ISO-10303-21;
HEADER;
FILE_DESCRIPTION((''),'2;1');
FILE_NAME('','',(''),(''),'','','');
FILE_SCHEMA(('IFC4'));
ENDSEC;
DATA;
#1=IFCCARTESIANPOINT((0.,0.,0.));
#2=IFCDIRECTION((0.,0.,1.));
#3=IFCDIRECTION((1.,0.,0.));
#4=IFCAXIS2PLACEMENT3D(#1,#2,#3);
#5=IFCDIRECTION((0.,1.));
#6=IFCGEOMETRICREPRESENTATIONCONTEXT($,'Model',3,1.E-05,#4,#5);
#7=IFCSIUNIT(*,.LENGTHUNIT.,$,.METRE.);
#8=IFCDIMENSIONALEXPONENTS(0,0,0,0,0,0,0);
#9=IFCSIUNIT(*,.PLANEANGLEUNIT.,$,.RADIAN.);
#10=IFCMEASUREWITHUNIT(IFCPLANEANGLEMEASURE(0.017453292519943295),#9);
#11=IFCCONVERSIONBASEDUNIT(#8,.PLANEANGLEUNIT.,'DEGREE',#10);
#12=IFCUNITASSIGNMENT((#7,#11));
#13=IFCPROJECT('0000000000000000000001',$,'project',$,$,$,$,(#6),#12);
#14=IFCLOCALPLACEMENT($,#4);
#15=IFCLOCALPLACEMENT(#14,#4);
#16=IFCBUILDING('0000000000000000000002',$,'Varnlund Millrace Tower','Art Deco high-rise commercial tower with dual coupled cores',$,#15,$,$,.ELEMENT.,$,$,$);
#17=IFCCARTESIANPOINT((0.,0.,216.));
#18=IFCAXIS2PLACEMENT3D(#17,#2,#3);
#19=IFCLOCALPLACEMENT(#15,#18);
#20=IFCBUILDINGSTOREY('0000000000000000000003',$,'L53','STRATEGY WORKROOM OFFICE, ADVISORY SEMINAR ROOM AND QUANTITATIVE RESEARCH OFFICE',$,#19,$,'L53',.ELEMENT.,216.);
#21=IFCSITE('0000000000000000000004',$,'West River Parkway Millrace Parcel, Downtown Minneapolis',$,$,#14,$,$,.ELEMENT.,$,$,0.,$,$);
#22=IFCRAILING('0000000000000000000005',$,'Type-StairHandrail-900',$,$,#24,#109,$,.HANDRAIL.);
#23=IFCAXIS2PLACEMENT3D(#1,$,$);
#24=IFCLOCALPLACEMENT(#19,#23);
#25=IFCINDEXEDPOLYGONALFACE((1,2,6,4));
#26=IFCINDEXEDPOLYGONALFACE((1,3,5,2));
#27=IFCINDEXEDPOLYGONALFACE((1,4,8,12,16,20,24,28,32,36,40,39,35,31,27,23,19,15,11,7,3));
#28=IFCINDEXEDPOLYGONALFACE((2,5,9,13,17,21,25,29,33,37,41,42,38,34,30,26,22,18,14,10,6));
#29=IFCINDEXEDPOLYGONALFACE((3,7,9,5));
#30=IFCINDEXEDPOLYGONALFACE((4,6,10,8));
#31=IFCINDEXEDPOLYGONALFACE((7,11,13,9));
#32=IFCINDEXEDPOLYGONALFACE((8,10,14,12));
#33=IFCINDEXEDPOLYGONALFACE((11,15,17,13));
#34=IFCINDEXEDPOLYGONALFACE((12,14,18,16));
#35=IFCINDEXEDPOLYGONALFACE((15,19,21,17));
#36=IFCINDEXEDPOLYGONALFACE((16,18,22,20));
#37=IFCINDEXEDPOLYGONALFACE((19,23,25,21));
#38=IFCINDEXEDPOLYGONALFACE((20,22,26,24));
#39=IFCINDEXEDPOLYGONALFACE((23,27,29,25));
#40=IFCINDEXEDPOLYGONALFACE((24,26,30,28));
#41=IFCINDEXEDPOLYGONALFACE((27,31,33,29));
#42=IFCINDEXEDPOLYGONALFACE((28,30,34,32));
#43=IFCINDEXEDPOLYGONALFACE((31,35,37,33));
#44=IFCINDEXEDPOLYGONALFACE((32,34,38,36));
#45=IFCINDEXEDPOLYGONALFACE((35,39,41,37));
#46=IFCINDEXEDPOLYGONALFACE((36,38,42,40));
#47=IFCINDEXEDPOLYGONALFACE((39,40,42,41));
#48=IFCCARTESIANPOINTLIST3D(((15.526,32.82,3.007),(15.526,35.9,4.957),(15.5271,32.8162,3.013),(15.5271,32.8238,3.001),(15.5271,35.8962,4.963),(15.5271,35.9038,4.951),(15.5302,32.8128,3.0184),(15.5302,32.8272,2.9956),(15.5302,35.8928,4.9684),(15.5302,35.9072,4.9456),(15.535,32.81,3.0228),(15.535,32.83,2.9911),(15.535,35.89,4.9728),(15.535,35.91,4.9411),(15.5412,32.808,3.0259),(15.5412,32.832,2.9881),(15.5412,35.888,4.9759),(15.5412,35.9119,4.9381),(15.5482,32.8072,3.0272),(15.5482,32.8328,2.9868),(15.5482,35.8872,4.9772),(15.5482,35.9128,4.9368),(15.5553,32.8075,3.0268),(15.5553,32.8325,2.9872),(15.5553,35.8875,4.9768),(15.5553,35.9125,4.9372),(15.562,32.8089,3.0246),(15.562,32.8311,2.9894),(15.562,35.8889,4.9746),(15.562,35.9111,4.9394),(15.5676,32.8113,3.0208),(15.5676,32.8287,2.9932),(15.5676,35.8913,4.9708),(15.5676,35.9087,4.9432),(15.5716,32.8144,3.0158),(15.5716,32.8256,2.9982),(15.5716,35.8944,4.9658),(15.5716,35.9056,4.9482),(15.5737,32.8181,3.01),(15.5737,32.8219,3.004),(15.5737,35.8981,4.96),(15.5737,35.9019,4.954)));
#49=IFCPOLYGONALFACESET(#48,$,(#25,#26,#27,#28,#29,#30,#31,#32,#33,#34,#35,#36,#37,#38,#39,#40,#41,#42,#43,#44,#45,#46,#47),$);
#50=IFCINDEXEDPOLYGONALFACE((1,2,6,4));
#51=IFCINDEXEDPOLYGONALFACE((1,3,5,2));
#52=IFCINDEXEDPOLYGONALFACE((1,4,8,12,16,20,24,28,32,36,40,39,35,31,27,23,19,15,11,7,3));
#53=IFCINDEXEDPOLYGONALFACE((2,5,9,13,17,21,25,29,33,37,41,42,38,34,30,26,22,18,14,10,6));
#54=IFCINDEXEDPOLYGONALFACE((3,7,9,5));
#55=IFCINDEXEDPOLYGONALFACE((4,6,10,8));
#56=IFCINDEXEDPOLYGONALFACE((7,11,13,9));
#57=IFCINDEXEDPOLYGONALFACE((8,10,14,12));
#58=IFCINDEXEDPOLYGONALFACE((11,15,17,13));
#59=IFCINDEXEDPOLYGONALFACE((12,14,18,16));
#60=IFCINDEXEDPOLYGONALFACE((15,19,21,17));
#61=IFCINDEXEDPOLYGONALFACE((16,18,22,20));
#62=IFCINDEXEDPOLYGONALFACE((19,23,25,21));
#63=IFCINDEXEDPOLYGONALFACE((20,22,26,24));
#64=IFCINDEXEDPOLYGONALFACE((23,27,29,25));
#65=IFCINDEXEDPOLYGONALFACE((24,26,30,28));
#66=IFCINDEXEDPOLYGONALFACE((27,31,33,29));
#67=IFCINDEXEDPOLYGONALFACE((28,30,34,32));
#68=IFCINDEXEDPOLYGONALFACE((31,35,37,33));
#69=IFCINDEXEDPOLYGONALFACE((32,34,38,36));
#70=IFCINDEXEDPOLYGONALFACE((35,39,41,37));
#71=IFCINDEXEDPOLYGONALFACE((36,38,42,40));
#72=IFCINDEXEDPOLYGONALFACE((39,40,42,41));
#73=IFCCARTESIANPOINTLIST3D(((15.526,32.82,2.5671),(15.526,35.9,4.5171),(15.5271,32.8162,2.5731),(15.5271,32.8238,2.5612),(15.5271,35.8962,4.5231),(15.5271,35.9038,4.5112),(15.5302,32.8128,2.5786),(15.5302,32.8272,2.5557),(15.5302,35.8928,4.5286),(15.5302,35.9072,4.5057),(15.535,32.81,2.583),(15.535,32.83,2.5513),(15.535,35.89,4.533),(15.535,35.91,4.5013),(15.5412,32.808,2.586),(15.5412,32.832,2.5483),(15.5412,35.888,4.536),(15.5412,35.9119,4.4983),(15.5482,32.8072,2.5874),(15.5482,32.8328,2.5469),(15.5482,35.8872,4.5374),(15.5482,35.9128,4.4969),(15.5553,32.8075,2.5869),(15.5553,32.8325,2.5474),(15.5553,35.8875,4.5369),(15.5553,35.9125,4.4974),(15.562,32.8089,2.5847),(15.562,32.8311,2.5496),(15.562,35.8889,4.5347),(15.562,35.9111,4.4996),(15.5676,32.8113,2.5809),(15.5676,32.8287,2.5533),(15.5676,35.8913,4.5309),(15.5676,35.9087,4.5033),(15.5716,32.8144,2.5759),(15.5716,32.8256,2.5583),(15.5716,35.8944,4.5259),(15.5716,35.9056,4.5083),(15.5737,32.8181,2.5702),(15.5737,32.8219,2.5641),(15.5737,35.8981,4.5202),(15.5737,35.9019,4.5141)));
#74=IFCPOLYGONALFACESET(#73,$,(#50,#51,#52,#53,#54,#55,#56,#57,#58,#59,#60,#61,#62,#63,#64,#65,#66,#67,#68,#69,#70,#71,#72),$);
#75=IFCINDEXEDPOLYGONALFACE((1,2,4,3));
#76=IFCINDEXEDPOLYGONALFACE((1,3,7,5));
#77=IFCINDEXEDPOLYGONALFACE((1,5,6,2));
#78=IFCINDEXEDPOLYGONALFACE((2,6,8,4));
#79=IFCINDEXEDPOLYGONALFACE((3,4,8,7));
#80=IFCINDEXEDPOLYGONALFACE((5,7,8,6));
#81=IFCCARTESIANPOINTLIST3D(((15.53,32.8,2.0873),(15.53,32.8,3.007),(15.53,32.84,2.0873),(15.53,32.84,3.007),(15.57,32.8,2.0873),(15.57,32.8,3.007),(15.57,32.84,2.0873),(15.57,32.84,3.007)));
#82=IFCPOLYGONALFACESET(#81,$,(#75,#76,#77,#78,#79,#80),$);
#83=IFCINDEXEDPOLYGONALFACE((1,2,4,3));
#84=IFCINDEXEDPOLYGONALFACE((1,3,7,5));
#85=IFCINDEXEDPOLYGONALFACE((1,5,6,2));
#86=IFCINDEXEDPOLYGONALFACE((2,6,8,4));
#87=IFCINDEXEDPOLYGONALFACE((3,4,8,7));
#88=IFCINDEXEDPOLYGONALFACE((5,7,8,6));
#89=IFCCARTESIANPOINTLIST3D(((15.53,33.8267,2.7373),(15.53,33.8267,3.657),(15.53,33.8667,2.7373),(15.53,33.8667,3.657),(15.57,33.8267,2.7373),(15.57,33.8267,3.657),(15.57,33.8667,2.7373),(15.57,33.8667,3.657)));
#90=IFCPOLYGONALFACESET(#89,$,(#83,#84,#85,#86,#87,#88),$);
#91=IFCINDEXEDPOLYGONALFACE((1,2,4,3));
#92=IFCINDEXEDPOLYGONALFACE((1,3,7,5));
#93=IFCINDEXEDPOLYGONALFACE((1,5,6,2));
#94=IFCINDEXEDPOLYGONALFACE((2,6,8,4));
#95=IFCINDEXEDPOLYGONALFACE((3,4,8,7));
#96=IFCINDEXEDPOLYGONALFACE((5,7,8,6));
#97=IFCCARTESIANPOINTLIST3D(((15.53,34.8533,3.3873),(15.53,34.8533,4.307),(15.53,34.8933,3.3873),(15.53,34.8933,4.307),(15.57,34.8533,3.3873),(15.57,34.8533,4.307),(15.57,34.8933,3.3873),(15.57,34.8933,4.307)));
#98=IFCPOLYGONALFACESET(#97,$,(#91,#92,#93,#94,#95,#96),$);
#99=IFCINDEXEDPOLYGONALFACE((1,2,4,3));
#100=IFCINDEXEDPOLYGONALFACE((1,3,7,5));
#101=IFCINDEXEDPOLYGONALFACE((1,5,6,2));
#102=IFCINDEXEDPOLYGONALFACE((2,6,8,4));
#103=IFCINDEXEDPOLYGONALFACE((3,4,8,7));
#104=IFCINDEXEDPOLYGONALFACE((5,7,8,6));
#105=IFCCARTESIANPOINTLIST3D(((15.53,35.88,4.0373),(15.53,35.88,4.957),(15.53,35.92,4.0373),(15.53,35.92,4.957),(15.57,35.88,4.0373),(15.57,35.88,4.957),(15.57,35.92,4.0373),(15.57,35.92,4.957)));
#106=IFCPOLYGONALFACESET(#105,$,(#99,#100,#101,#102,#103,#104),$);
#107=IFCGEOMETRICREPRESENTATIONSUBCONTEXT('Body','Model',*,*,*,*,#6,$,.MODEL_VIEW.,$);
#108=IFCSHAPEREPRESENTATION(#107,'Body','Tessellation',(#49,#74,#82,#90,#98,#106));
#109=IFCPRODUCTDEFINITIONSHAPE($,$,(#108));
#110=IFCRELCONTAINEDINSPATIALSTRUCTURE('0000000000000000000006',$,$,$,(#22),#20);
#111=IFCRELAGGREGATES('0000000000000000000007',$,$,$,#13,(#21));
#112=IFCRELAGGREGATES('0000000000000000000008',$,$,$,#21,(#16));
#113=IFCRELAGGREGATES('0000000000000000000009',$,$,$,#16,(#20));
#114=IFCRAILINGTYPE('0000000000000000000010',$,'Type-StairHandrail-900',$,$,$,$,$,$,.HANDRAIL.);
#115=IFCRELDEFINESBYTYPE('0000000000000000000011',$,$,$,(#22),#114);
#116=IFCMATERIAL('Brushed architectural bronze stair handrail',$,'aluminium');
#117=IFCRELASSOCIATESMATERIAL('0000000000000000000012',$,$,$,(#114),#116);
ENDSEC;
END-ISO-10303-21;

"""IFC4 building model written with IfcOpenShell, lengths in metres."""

from ifc_helpers import new_model, entity, si_unit, converted_unit, direction, frame, origin_with_axes, origin_2d_with_axis, place, context, subcontext, project, spatial, rectangle, circle, extrude, material, type_object, element, save


model = new_model("IFC4")

# Units and contexts
model_context = context("Model", 3, precision=1e-05, world=origin_with_axes(), true_north=direction((0.0, 1.0)))
body_context = subcontext(model_context, "Body", "Model", "MODEL_VIEW")
ifc_project = project(units=[si_unit("LENGTHUNIT", "METRE"), converted_unit("PLANEANGLEUNIT", "DEGREE", entity("IfcPlaneAngleMeasure", 0.017453292519943295), si_unit("PLANEANGLEUNIT", "RADIAN"), dimensions=[0, 0, 0, 0, 0, 0, 0])], contexts=[model_context])

# Site, building, storey
site_placement = place(None, origin_with_axes())
site = spatial("IfcSite", under=ifc_project, at=site_placement, Name="West River Parkway Millrace Parcel, Downtown Minneapolis", CompositionType="ELEMENT", RefElevation=0.0)
building_placement = place(site_placement, origin_with_axes())
building = spatial("IfcBuilding", under=site, at=building_placement, Name="Varnlund Millrace Tower", Description="Art Deco high-rise commercial tower with dual coupled cores", CompositionType="ELEMENT")
storey_placement = place(building_placement, frame((0.0, 0.0, 216.0), z_axis=(0.0, 0.0, 1.0), x_axis=(1.0, 0.0, 0.0)))
storey = spatial("IfcBuildingStorey", under=building, at=storey_placement, Name="L53", Description="STRATEGY WORKROOM OFFICE, ADVISORY SEMINAR ROOM AND QUANTITATIVE RESEARCH OFFICE", LongName="L53", CompositionType="ELEMENT", Elevation=216.0)

# Railing
ifc_material_1 = material(Name="Brushed architectural bronze stair handrail", Category="aluminium")
railing_type_1 = type_object("IfcRailingType", Name="Type-StairHandrail-900", PredefinedType="HANDRAIL", material=ifc_material_1)
railing_1_placement = place(storey_placement, frame((0.0, 0.0, -216.0), z_axis=(0.0, 0.0, 1.0), x_axis=(1.0, 0.0, 0.0)))
element("IfcRailing", 1, at=railing_1_placement, inside=storey, type_object=railing_type_1, Name="Type-StairHandrail-900", PredefinedType="HANDRAIL", context=body_context, shape_type="SweptSolid", body=[
    extrude(circle(Radius=0.024, at=origin_2d_with_axis()), frame((15.55, 32.82, 219.007), z_axis=(0.0, 0.844902, 0.534922), x_axis=(-1.0, 0.0, 0.0)), (0.0, 0.0, 1.0), 3.6454),
    extrude(circle(Radius=0.024, at=origin_2d_with_axis()), frame((15.55, 32.82, 218.5671), z_axis=(0.0, 0.844902, 0.534922), x_axis=(-1.0, 0.0, 0.0)), (0.0, 0.0, 1.0), 3.6454),
    extrude(rectangle(XDim=0.04, YDim=0.04, at=origin_2d_with_axis()), frame((15.55, 32.82, 218.0873), z_axis=(0.0, 0.0, 1.0), x_axis=(1.0, 0.0, 0.0)), (0.0, 0.0, 1.0), 0.9197),
    extrude(rectangle(XDim=0.04, YDim=0.04, at=origin_2d_with_axis()), frame((15.55, 33.8467, 218.7373), z_axis=(0.0, 0.0, 1.0), x_axis=(1.0, 0.0, 0.0)), (0.0, 0.0, 1.0), 0.9197),
    extrude(rectangle(XDim=0.04, YDim=0.04, at=origin_2d_with_axis()), frame((15.55, 34.8733, 219.3873), z_axis=(0.0, 0.0, 1.0), x_axis=(1.0, 0.0, 0.0)), (0.0, 0.0, 1.0), 0.9197),
    extrude(rectangle(XDim=0.04, YDim=0.04, at=origin_2d_with_axis()), frame((15.55, 35.9, 220.0373), z_axis=(0.0, 0.0, 1.0), x_axis=(1.0, 0.0, 0.0)), (0.0, 0.0, 1.0), 0.9197),
])

save(model, "model.ifc")
